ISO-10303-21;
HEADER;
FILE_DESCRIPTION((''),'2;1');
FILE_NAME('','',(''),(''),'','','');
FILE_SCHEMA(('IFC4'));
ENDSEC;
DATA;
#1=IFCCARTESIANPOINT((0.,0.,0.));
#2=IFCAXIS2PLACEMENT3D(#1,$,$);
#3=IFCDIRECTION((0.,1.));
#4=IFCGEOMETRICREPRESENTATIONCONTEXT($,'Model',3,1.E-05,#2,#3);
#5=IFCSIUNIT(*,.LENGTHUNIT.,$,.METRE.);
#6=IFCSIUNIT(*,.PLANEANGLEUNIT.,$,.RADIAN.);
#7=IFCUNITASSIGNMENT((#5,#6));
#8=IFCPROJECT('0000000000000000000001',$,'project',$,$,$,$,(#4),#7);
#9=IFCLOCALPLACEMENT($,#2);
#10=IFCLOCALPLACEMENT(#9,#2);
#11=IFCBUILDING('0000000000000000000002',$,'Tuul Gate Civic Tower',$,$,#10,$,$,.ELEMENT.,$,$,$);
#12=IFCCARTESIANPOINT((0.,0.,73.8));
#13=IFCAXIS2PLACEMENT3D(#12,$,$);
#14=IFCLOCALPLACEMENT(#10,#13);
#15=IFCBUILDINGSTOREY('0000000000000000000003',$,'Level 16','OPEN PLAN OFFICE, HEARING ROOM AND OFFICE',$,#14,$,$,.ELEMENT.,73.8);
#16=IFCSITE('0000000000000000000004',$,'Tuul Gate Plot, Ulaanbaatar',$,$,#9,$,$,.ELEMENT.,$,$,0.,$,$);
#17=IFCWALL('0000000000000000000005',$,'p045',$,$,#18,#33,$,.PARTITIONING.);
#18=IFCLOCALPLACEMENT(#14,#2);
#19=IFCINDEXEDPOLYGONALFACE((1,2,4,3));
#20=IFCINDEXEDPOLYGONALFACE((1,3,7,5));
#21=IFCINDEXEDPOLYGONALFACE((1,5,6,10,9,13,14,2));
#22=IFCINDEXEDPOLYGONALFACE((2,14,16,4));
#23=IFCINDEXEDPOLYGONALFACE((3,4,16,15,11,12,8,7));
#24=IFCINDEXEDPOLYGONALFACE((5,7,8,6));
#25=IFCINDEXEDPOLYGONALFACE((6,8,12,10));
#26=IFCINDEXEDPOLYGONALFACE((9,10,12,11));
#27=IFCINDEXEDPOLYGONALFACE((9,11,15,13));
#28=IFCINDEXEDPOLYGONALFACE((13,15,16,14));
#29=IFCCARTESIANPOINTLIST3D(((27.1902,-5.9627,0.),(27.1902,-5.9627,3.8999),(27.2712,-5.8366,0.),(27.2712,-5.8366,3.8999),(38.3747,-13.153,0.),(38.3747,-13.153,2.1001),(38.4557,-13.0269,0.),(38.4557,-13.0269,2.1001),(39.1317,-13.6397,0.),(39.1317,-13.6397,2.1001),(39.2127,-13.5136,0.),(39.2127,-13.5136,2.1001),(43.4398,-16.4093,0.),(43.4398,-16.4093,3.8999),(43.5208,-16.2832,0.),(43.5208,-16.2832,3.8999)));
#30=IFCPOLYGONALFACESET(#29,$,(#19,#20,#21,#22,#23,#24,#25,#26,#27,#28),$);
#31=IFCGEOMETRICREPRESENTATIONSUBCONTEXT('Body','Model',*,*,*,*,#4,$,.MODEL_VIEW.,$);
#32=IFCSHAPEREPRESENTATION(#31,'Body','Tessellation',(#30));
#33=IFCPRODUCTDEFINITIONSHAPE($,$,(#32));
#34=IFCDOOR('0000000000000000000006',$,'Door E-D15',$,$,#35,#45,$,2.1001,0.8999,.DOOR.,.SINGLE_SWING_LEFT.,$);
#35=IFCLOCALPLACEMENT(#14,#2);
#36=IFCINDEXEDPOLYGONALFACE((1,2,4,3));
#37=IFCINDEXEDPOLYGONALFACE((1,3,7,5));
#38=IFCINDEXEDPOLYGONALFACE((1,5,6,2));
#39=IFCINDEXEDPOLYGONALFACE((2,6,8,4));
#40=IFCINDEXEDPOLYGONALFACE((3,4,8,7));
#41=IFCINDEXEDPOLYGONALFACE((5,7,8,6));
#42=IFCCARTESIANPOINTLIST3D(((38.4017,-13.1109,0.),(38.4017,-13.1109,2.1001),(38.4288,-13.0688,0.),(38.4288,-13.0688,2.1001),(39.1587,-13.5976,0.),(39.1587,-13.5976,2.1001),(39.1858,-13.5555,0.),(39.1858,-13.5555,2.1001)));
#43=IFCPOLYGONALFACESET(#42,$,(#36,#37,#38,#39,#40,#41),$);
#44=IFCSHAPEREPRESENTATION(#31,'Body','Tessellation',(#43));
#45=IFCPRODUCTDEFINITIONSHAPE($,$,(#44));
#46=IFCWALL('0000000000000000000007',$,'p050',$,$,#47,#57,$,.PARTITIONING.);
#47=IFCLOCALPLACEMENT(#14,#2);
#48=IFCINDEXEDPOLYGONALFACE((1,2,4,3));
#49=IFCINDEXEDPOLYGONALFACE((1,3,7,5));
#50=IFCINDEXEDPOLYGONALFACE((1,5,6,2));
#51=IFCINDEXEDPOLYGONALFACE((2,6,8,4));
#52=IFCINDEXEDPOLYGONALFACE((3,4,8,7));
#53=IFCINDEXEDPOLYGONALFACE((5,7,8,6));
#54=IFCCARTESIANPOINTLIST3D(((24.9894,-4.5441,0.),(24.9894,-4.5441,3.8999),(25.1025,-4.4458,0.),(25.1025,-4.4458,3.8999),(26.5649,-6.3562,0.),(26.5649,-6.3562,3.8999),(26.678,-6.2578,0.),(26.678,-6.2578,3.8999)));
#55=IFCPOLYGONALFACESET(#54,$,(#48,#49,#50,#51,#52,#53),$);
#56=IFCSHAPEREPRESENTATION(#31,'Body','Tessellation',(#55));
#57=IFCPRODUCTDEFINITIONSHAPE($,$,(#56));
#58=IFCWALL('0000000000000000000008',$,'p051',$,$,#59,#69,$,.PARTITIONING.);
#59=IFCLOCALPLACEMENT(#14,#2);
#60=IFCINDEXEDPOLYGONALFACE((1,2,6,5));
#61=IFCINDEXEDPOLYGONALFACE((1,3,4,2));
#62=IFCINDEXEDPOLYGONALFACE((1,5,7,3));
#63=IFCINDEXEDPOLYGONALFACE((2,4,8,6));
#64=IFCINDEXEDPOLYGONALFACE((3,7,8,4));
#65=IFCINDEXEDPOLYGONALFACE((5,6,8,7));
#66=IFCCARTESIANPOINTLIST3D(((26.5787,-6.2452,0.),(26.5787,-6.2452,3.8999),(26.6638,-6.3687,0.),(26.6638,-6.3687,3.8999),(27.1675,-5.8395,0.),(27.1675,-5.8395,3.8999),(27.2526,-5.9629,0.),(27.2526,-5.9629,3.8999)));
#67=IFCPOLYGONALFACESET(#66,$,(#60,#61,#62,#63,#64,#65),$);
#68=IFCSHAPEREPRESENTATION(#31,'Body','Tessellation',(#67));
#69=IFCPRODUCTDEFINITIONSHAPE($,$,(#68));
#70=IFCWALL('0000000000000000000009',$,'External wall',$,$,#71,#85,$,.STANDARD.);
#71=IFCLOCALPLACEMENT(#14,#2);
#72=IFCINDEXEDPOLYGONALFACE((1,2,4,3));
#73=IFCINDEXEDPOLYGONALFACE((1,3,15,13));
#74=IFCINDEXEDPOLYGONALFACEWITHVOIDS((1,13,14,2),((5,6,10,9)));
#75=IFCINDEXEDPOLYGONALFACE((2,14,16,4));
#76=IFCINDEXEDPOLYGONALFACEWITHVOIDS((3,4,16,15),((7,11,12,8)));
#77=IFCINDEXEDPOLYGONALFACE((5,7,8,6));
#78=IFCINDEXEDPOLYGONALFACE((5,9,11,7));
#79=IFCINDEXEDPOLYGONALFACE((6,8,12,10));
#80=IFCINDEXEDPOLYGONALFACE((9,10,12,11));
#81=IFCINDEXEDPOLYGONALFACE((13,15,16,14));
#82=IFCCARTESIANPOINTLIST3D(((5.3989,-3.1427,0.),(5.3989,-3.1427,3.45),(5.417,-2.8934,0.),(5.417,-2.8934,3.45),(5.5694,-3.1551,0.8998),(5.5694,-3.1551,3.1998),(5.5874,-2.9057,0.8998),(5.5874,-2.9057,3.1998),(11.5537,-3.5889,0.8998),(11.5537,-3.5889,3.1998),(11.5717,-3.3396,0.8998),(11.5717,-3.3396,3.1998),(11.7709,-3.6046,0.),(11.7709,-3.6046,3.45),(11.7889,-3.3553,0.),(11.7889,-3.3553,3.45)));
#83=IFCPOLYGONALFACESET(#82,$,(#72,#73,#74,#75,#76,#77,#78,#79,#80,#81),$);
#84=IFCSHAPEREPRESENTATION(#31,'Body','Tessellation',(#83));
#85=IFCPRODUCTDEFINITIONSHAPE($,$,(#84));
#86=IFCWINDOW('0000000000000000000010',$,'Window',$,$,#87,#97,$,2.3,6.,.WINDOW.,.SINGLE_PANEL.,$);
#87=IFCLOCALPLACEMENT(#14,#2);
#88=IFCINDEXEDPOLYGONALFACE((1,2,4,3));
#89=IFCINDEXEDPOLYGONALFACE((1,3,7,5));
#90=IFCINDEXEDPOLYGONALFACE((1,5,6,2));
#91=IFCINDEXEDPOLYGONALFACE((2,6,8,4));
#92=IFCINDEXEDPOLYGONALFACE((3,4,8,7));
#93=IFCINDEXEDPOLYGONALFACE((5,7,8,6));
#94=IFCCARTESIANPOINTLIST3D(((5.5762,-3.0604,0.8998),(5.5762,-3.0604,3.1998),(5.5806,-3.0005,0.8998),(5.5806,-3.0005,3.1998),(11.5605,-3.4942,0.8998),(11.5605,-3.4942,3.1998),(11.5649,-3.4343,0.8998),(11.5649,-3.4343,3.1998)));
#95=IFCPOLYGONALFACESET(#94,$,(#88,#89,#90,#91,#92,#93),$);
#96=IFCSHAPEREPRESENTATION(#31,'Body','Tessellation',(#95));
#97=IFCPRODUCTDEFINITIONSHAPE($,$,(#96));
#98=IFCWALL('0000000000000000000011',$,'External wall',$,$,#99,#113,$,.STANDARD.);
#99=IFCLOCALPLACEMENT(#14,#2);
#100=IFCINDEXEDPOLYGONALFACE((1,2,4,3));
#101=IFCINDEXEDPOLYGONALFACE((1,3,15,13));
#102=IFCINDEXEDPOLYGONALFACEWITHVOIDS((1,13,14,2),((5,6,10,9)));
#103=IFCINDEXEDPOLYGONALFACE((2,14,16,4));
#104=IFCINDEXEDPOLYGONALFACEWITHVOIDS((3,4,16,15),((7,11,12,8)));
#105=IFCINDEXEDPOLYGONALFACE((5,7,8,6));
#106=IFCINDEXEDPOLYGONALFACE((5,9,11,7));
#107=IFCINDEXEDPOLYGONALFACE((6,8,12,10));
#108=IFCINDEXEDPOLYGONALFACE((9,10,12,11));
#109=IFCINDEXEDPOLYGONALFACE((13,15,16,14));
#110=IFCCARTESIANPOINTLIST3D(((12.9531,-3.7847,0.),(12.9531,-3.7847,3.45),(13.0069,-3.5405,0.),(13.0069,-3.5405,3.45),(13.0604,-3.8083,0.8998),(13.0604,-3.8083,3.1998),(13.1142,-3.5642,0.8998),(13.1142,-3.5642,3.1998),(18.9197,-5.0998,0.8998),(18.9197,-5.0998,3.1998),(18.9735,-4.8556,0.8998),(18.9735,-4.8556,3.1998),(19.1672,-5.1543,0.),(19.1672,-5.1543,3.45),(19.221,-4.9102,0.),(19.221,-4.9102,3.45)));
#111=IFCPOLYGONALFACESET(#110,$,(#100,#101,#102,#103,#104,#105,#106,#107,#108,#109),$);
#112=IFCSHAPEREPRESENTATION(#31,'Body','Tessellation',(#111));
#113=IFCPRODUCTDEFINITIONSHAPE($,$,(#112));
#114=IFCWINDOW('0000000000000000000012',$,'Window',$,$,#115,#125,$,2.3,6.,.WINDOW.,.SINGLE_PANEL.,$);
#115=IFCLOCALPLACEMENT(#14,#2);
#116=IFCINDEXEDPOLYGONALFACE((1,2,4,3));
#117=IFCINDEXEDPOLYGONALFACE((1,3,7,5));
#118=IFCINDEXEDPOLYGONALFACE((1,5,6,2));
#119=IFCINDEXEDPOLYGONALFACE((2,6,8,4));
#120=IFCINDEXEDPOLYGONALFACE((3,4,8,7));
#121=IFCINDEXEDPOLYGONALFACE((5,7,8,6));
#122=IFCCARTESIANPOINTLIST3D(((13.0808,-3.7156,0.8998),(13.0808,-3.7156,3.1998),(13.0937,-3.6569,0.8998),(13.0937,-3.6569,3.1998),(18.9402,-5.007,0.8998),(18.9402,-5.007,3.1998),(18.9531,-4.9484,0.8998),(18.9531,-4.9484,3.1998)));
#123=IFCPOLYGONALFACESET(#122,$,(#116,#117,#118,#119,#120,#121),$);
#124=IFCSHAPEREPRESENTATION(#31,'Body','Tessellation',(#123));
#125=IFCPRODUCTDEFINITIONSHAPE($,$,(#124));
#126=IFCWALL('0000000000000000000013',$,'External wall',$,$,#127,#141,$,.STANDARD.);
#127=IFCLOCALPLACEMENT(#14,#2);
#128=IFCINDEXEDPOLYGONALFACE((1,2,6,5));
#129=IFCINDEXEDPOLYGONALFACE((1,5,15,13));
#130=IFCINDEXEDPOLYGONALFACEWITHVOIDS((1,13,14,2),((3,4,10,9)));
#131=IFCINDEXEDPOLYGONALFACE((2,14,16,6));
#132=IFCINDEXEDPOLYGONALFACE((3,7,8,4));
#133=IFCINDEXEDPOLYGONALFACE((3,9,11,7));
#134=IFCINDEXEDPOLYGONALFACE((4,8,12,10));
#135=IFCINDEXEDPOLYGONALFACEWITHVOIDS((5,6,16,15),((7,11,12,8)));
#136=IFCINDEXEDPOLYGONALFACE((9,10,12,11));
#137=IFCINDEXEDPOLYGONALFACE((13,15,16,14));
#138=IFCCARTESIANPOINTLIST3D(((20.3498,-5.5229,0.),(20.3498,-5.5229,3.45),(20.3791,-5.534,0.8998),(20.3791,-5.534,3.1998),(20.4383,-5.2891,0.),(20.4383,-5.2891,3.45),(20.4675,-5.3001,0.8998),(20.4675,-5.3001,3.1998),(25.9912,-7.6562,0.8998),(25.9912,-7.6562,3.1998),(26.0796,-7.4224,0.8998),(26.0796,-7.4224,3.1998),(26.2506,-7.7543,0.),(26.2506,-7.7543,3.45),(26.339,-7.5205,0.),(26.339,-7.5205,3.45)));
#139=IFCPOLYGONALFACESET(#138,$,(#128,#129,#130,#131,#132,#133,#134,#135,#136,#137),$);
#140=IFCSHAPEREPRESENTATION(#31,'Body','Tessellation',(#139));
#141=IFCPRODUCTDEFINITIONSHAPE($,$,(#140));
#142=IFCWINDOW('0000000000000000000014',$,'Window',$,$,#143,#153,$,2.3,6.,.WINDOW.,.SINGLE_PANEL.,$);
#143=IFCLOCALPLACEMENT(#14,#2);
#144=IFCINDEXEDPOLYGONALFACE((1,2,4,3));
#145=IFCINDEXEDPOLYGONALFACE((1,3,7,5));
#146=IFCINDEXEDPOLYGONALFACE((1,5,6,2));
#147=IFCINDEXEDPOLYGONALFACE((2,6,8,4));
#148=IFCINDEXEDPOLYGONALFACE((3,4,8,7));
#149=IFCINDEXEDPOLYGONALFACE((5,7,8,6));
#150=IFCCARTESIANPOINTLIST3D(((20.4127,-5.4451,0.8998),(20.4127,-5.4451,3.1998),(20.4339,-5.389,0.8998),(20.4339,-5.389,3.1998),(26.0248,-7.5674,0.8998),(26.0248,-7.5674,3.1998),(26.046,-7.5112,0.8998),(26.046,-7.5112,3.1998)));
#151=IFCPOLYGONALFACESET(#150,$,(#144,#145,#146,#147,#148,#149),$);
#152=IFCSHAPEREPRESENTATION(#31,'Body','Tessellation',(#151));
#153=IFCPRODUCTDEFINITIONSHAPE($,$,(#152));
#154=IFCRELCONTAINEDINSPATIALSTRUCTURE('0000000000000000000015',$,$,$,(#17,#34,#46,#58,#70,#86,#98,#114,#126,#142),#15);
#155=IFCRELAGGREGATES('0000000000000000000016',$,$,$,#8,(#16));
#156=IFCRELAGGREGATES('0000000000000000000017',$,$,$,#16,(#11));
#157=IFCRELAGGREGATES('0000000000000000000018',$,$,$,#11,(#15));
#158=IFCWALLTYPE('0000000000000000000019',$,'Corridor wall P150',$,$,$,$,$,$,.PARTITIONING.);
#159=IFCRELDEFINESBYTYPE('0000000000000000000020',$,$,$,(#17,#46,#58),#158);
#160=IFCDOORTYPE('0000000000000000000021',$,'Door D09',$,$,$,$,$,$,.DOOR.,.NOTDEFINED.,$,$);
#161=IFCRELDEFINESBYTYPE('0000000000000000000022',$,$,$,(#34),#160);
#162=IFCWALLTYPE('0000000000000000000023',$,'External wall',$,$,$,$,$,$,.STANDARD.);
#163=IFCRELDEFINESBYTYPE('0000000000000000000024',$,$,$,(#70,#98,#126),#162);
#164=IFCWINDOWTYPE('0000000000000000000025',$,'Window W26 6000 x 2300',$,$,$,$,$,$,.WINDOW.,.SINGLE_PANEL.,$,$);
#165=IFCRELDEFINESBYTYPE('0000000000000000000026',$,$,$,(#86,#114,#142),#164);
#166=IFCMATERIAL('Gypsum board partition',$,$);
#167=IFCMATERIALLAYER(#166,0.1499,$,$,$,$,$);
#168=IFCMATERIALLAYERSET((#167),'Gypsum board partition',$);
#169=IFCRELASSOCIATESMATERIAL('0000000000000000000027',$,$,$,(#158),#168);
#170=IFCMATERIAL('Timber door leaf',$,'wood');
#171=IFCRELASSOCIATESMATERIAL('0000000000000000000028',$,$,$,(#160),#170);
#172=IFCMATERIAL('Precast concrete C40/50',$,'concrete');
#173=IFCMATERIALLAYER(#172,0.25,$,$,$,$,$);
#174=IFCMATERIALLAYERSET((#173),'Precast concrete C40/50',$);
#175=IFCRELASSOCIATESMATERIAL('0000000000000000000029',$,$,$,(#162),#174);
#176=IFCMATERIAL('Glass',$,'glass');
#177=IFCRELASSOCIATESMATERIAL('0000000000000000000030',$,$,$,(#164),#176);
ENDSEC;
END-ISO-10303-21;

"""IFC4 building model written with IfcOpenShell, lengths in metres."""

from ifc_helpers import new_model, si_unit, direction, frame, frame_2d, origin, place, context, subcontext, project, spatial, rectangle, extrude, material, layer, layer_set, type_object, element, fill, save


model = new_model("IFC4")

# Units and contexts
model_context = context("Model", 3, precision=1e-05, world=origin(), true_north=direction((0.0, 1.0)))
body_context = subcontext(model_context, "Body", "Model", "MODEL_VIEW")
ifc_project = project(units=[si_unit("LENGTHUNIT", "METRE"), si_unit("PLANEANGLEUNIT", "RADIAN")], contexts=[model_context])

# Site, building, storey
site_placement = place(None, origin())
site = spatial("IfcSite", under=ifc_project, at=site_placement, Name="Tuul Gate Plot, Ulaanbaatar", CompositionType="ELEMENT", RefElevation=0.0)
building_placement = place(site_placement, origin())
building = spatial("IfcBuilding", under=site, at=building_placement, Name="Tuul Gate Civic Tower", CompositionType="ELEMENT")
storey_placement = place(building_placement, frame((0.0, 0.0, 73.8)))
storey = spatial("IfcBuildingStorey", under=building, at=storey_placement, Name="Level 16", Description="OPEN PLAN OFFICE, HEARING ROOM AND OFFICE", CompositionType="ELEMENT", Elevation=73.8)

# Wall, opening, door
ifc_material_1 = material(Name="Gypsum board partition")
ifc_layer_1 = layer(ifc_material_1, 0.1499)
ifc_layer_set_1 = layer_set([ifc_layer_1], Name="Gypsum board partition")
wall_type_1 = type_object("IfcWallType", Name="Corridor wall P150", PredefinedType="PARTITIONING", material=ifc_layer_set_1)
wall_1_placement = place(storey_placement, frame((27.2307, -5.8997, 0.0), z_axis=(0.0, 0.0, 1.0), x_axis=(0.841169, -0.540773, 0.0)))
wall_1 = element("IfcWall", 1, at=wall_1_placement, inside=storey, type_object=wall_type_1, Name="p045", PredefinedType="PARTITIONING", context=body_context, shape_type="SweptSolid", body=[
    extrude(rectangle(XDim=19.3179, YDim=0.1499, at=frame_2d((9.6589, 0.0))), origin(), (0.0, 0.0, 1.0), 3.8999),
])
opening_1_placement = place(wall_1_placement, frame((13.2964, 0.0, 0.0)))
opening_1 = element("IfcOpeningElement", 2, at=opening_1_placement, cuts=wall_1, PredefinedType="OPENING", context=body_context, shape_type="SweptSolid", body=[
    extrude(rectangle(XDim=0.8999, YDim=2.1001, at=frame_2d((0.45, 1.05))), frame((0.0, 0.085, 0.0), z_axis=(0.0, -1.0, 0.0), x_axis=(1.0, 0.0, 0.0)), (0.0, 0.0, 1.0), 0.1699),
])
ifc_material_2 = material(Name="Timber door leaf", Category="wood")
door_type = type_object("IfcDoorType", Name="Door D09", OperationType="NOTDEFINED", PredefinedType="DOOR", material=ifc_material_2)
door_placement = place(opening_1_placement, frame((0.8999, 0.0, 0.0), z_axis=(0.0, 0.0, 1.0), x_axis=(-1.0, 0.0, 0.0)))
door = element("IfcDoor", 3, at=door_placement, inside=storey, type_object=door_type, Name="Door E-D15", OperationType="SINGLE_SWING_LEFT", OverallHeight=2.1001, OverallWidth=0.8999, PredefinedType="DOOR", context=body_context, shape_type="SweptSolid", body=[
    extrude(rectangle(XDim=0.8999, YDim=2.1001, at=frame_2d((0.45, 1.05))), frame((0.0, 0.0249, 0.0), z_axis=(0.0, -1.0, 0.0), x_axis=(1.0, 0.0, 0.0)), (0.0, 0.0, 1.0), 0.05),
])
fill(opening_1, door)

# Walls
wall_2_placement = place(storey_placement, frame((25.0459, -4.4949, 0.0), z_axis=(0.0, 0.0, 1.0), x_axis=(0.656126, -0.754651, 0.0)))
element("IfcWall", 4, at=wall_2_placement, inside=storey, type_object=wall_type_1, Name="p050", PredefinedType="PARTITIONING", context=body_context, shape_type="SweptSolid", body=[
    extrude(rectangle(XDim=2.4011, YDim=0.1499, at=frame_2d((1.2007, 0.0))), origin(), (0.0, 0.0, 1.0), 3.8999),
])
wall_3_placement = place(storey_placement, frame((26.6213, -6.3069, 0.0), z_axis=(0.0, 0.0, 1.0), x_axis=(0.823444, 0.567398, 0.0)))
element("IfcWall", 5, at=wall_3_placement, inside=storey, type_object=wall_type_1, Name="p051", PredefinedType="PARTITIONING", context=body_context, shape_type="SweptSolid", body=[
    extrude(rectangle(XDim=0.7151, YDim=0.1499, at=frame_2d((0.3574, 0.0))), origin(), (0.0, 0.0, 1.0), 3.8999),
])

# Walls, openings, windows
ifc_material_3 = material(Name="Precast concrete C40/50", Category="concrete")
ifc_layer_2 = layer(ifc_material_3, 0.25)
ifc_layer_set_2 = layer_set([ifc_layer_2], Name="Precast concrete C40/50")
wall_type_2 = type_object("IfcWallType", Name="External wall", PredefinedType="STANDARD", material=ifc_layer_set_2)
wall_4_placement = place(storey_placement, frame((5.408, -3.0181, 0.0), z_axis=(0.0, 0.0, 1.0), x_axis=(0.997383, -0.072301, 0.0)))
wall_4 = element("IfcWall", 6, at=wall_4_placement, inside=storey, type_object=wall_type_2, Name="External wall", PredefinedType="STANDARD", context=body_context, shape_type="SweptSolid", body=[
    extrude(rectangle(XDim=6.3887, YDim=0.25, at=frame_2d((3.1943, 0.0))), origin(), (0.0, 0.0, 1.0), 3.45),
])
opening_2_placement = place(wall_4_placement, frame((0.1709, 0.0, 0.8999)))
opening_2 = element("IfcOpeningElement", 7, at=opening_2_placement, cuts=wall_4, PredefinedType="OPENING", context=body_context, shape_type="SweptSolid", body=[
    extrude(rectangle(XDim=6.0, YDim=2.3, at=frame_2d((3.0, 1.1499))), frame((0.0, 0.135, 0.0), z_axis=(0.0, -1.0, 0.0), x_axis=(1.0, 0.0, 0.0)), (0.0, 0.0, 1.0), 0.27),
])
ifc_material_4 = material(Name="Glass", Category="glass")
window_type = type_object("IfcWindowType", Name="Window W26 6000 x 2300", PartitioningType="SINGLE_PANEL", PredefinedType="WINDOW", material=ifc_material_4)
window_1_placement = place(opening_2_placement, origin())
window_1 = element("IfcWindow", 8, at=window_1_placement, inside=storey, type_object=window_type, Name="Window", OverallHeight=2.3, OverallWidth=6.0, PartitioningType="SINGLE_PANEL", PredefinedType="WINDOW", context=body_context, shape_type="SweptSolid", body=[
    extrude(rectangle(XDim=6.0, YDim=2.3, at=frame_2d((3.0, 1.1499))), frame((0.0, 0.03, 0.0), z_axis=(0.0, -1.0, 0.0), x_axis=(1.0, 0.0, 0.0)), (0.0, 0.0, 1.0), 0.0601),
])
fill(opening_2, window_1)
wall_5_placement = place(storey_placement, frame((12.98, -3.6626, 0.0), z_axis=(0.0, 0.0, 1.0), x_axis=(0.976561, -0.21524, 0.0)))
wall_5 = element("IfcWall", 9, at=wall_5_placement, inside=storey, type_object=wall_type_2, Name="External wall", PredefinedType="STANDARD", context=body_context, shape_type="SweptSolid", body=[
    extrude(rectangle(XDim=6.3633, YDim=0.25, at=frame_2d((3.1816, 0.0))), origin(), (0.0, 0.0, 1.0), 3.45),
])
opening_3_placement = place(wall_5_placement, frame((0.1099, 0.0, 0.8999)))
opening_3 = element("IfcOpeningElement", 10, at=opening_3_placement, cuts=wall_5, PredefinedType="OPENING", context=body_context, shape_type="SweptSolid", body=[
    extrude(rectangle(XDim=6.0, YDim=2.3, at=frame_2d((3.0, 1.1499))), frame((0.0, 0.135, 0.0), z_axis=(0.0, -1.0, 0.0), x_axis=(1.0, 0.0, 0.0)), (0.0, 0.0, 1.0), 0.27),
])
window_2_placement = place(opening_3_placement, origin())
window_2 = element("IfcWindow", 11, at=window_2_placement, inside=storey, type_object=window_type, Name="Window", OverallHeight=2.3, OverallWidth=6.0, PartitioningType="SINGLE_PANEL", PredefinedType="WINDOW", context=body_context, shape_type="SweptSolid", body=[
    extrude(rectangle(XDim=6.0, YDim=2.3, at=frame_2d((3.0, 1.1499))), frame((0.0, 0.03, 0.0), z_axis=(0.0, -1.0, 0.0), x_axis=(1.0, 0.0, 0.0)), (0.0, 0.0, 1.0), 0.0601),
])
fill(opening_3, window_2)
wall_6_placement = place(storey_placement, frame((20.394, -5.406, 0.0), z_axis=(0.0, 0.0, 1.0), x_axis=(0.935355, -0.353709, 0.0)))
wall_6 = element("IfcWall", 12, at=wall_6_placement, inside=storey, type_object=wall_type_2, Name="External wall", PredefinedType="STANDARD", context=body_context, shape_type="SweptSolid", body=[
    extrude(rectangle(XDim=6.3086, YDim=0.25, at=frame_2d((3.1543, 0.0))), origin(), (0.0, 0.0, 1.0), 3.45),
])
opening_4_placement = place(wall_6_placement, frame((0.0312, 0.0, 0.8999)))
opening_4 = element("IfcOpeningElement", 13, at=opening_4_placement, cuts=wall_6, PredefinedType="OPENING", context=body_context, shape_type="SweptSolid", body=[
    extrude(rectangle(XDim=6.0, YDim=2.3, at=frame_2d((3.0, 1.1499))), frame((0.0, 0.135, 0.0), z_axis=(0.0, -1.0, 0.0), x_axis=(1.0, 0.0, 0.0)), (0.0, 0.0, 1.0), 0.27),
])
window_3_placement = place(opening_4_placement, origin())
window_3 = element("IfcWindow", 14, at=window_3_placement, inside=storey, type_object=window_type, Name="Window", OverallHeight=2.3, OverallWidth=6.0, PartitioningType="SINGLE_PANEL", PredefinedType="WINDOW", context=body_context, shape_type="SweptSolid", body=[
    extrude(rectangle(XDim=6.0, YDim=2.3, at=frame_2d((3.0, 1.1499))), frame((0.0, 0.03, 0.0), z_axis=(0.0, -1.0, 0.0), x_axis=(1.0, 0.0, 0.0)), (0.0, 0.0, 1.0), 0.0601),
])
fill(opening_4, window_3)

save(model, "model.ifc")
